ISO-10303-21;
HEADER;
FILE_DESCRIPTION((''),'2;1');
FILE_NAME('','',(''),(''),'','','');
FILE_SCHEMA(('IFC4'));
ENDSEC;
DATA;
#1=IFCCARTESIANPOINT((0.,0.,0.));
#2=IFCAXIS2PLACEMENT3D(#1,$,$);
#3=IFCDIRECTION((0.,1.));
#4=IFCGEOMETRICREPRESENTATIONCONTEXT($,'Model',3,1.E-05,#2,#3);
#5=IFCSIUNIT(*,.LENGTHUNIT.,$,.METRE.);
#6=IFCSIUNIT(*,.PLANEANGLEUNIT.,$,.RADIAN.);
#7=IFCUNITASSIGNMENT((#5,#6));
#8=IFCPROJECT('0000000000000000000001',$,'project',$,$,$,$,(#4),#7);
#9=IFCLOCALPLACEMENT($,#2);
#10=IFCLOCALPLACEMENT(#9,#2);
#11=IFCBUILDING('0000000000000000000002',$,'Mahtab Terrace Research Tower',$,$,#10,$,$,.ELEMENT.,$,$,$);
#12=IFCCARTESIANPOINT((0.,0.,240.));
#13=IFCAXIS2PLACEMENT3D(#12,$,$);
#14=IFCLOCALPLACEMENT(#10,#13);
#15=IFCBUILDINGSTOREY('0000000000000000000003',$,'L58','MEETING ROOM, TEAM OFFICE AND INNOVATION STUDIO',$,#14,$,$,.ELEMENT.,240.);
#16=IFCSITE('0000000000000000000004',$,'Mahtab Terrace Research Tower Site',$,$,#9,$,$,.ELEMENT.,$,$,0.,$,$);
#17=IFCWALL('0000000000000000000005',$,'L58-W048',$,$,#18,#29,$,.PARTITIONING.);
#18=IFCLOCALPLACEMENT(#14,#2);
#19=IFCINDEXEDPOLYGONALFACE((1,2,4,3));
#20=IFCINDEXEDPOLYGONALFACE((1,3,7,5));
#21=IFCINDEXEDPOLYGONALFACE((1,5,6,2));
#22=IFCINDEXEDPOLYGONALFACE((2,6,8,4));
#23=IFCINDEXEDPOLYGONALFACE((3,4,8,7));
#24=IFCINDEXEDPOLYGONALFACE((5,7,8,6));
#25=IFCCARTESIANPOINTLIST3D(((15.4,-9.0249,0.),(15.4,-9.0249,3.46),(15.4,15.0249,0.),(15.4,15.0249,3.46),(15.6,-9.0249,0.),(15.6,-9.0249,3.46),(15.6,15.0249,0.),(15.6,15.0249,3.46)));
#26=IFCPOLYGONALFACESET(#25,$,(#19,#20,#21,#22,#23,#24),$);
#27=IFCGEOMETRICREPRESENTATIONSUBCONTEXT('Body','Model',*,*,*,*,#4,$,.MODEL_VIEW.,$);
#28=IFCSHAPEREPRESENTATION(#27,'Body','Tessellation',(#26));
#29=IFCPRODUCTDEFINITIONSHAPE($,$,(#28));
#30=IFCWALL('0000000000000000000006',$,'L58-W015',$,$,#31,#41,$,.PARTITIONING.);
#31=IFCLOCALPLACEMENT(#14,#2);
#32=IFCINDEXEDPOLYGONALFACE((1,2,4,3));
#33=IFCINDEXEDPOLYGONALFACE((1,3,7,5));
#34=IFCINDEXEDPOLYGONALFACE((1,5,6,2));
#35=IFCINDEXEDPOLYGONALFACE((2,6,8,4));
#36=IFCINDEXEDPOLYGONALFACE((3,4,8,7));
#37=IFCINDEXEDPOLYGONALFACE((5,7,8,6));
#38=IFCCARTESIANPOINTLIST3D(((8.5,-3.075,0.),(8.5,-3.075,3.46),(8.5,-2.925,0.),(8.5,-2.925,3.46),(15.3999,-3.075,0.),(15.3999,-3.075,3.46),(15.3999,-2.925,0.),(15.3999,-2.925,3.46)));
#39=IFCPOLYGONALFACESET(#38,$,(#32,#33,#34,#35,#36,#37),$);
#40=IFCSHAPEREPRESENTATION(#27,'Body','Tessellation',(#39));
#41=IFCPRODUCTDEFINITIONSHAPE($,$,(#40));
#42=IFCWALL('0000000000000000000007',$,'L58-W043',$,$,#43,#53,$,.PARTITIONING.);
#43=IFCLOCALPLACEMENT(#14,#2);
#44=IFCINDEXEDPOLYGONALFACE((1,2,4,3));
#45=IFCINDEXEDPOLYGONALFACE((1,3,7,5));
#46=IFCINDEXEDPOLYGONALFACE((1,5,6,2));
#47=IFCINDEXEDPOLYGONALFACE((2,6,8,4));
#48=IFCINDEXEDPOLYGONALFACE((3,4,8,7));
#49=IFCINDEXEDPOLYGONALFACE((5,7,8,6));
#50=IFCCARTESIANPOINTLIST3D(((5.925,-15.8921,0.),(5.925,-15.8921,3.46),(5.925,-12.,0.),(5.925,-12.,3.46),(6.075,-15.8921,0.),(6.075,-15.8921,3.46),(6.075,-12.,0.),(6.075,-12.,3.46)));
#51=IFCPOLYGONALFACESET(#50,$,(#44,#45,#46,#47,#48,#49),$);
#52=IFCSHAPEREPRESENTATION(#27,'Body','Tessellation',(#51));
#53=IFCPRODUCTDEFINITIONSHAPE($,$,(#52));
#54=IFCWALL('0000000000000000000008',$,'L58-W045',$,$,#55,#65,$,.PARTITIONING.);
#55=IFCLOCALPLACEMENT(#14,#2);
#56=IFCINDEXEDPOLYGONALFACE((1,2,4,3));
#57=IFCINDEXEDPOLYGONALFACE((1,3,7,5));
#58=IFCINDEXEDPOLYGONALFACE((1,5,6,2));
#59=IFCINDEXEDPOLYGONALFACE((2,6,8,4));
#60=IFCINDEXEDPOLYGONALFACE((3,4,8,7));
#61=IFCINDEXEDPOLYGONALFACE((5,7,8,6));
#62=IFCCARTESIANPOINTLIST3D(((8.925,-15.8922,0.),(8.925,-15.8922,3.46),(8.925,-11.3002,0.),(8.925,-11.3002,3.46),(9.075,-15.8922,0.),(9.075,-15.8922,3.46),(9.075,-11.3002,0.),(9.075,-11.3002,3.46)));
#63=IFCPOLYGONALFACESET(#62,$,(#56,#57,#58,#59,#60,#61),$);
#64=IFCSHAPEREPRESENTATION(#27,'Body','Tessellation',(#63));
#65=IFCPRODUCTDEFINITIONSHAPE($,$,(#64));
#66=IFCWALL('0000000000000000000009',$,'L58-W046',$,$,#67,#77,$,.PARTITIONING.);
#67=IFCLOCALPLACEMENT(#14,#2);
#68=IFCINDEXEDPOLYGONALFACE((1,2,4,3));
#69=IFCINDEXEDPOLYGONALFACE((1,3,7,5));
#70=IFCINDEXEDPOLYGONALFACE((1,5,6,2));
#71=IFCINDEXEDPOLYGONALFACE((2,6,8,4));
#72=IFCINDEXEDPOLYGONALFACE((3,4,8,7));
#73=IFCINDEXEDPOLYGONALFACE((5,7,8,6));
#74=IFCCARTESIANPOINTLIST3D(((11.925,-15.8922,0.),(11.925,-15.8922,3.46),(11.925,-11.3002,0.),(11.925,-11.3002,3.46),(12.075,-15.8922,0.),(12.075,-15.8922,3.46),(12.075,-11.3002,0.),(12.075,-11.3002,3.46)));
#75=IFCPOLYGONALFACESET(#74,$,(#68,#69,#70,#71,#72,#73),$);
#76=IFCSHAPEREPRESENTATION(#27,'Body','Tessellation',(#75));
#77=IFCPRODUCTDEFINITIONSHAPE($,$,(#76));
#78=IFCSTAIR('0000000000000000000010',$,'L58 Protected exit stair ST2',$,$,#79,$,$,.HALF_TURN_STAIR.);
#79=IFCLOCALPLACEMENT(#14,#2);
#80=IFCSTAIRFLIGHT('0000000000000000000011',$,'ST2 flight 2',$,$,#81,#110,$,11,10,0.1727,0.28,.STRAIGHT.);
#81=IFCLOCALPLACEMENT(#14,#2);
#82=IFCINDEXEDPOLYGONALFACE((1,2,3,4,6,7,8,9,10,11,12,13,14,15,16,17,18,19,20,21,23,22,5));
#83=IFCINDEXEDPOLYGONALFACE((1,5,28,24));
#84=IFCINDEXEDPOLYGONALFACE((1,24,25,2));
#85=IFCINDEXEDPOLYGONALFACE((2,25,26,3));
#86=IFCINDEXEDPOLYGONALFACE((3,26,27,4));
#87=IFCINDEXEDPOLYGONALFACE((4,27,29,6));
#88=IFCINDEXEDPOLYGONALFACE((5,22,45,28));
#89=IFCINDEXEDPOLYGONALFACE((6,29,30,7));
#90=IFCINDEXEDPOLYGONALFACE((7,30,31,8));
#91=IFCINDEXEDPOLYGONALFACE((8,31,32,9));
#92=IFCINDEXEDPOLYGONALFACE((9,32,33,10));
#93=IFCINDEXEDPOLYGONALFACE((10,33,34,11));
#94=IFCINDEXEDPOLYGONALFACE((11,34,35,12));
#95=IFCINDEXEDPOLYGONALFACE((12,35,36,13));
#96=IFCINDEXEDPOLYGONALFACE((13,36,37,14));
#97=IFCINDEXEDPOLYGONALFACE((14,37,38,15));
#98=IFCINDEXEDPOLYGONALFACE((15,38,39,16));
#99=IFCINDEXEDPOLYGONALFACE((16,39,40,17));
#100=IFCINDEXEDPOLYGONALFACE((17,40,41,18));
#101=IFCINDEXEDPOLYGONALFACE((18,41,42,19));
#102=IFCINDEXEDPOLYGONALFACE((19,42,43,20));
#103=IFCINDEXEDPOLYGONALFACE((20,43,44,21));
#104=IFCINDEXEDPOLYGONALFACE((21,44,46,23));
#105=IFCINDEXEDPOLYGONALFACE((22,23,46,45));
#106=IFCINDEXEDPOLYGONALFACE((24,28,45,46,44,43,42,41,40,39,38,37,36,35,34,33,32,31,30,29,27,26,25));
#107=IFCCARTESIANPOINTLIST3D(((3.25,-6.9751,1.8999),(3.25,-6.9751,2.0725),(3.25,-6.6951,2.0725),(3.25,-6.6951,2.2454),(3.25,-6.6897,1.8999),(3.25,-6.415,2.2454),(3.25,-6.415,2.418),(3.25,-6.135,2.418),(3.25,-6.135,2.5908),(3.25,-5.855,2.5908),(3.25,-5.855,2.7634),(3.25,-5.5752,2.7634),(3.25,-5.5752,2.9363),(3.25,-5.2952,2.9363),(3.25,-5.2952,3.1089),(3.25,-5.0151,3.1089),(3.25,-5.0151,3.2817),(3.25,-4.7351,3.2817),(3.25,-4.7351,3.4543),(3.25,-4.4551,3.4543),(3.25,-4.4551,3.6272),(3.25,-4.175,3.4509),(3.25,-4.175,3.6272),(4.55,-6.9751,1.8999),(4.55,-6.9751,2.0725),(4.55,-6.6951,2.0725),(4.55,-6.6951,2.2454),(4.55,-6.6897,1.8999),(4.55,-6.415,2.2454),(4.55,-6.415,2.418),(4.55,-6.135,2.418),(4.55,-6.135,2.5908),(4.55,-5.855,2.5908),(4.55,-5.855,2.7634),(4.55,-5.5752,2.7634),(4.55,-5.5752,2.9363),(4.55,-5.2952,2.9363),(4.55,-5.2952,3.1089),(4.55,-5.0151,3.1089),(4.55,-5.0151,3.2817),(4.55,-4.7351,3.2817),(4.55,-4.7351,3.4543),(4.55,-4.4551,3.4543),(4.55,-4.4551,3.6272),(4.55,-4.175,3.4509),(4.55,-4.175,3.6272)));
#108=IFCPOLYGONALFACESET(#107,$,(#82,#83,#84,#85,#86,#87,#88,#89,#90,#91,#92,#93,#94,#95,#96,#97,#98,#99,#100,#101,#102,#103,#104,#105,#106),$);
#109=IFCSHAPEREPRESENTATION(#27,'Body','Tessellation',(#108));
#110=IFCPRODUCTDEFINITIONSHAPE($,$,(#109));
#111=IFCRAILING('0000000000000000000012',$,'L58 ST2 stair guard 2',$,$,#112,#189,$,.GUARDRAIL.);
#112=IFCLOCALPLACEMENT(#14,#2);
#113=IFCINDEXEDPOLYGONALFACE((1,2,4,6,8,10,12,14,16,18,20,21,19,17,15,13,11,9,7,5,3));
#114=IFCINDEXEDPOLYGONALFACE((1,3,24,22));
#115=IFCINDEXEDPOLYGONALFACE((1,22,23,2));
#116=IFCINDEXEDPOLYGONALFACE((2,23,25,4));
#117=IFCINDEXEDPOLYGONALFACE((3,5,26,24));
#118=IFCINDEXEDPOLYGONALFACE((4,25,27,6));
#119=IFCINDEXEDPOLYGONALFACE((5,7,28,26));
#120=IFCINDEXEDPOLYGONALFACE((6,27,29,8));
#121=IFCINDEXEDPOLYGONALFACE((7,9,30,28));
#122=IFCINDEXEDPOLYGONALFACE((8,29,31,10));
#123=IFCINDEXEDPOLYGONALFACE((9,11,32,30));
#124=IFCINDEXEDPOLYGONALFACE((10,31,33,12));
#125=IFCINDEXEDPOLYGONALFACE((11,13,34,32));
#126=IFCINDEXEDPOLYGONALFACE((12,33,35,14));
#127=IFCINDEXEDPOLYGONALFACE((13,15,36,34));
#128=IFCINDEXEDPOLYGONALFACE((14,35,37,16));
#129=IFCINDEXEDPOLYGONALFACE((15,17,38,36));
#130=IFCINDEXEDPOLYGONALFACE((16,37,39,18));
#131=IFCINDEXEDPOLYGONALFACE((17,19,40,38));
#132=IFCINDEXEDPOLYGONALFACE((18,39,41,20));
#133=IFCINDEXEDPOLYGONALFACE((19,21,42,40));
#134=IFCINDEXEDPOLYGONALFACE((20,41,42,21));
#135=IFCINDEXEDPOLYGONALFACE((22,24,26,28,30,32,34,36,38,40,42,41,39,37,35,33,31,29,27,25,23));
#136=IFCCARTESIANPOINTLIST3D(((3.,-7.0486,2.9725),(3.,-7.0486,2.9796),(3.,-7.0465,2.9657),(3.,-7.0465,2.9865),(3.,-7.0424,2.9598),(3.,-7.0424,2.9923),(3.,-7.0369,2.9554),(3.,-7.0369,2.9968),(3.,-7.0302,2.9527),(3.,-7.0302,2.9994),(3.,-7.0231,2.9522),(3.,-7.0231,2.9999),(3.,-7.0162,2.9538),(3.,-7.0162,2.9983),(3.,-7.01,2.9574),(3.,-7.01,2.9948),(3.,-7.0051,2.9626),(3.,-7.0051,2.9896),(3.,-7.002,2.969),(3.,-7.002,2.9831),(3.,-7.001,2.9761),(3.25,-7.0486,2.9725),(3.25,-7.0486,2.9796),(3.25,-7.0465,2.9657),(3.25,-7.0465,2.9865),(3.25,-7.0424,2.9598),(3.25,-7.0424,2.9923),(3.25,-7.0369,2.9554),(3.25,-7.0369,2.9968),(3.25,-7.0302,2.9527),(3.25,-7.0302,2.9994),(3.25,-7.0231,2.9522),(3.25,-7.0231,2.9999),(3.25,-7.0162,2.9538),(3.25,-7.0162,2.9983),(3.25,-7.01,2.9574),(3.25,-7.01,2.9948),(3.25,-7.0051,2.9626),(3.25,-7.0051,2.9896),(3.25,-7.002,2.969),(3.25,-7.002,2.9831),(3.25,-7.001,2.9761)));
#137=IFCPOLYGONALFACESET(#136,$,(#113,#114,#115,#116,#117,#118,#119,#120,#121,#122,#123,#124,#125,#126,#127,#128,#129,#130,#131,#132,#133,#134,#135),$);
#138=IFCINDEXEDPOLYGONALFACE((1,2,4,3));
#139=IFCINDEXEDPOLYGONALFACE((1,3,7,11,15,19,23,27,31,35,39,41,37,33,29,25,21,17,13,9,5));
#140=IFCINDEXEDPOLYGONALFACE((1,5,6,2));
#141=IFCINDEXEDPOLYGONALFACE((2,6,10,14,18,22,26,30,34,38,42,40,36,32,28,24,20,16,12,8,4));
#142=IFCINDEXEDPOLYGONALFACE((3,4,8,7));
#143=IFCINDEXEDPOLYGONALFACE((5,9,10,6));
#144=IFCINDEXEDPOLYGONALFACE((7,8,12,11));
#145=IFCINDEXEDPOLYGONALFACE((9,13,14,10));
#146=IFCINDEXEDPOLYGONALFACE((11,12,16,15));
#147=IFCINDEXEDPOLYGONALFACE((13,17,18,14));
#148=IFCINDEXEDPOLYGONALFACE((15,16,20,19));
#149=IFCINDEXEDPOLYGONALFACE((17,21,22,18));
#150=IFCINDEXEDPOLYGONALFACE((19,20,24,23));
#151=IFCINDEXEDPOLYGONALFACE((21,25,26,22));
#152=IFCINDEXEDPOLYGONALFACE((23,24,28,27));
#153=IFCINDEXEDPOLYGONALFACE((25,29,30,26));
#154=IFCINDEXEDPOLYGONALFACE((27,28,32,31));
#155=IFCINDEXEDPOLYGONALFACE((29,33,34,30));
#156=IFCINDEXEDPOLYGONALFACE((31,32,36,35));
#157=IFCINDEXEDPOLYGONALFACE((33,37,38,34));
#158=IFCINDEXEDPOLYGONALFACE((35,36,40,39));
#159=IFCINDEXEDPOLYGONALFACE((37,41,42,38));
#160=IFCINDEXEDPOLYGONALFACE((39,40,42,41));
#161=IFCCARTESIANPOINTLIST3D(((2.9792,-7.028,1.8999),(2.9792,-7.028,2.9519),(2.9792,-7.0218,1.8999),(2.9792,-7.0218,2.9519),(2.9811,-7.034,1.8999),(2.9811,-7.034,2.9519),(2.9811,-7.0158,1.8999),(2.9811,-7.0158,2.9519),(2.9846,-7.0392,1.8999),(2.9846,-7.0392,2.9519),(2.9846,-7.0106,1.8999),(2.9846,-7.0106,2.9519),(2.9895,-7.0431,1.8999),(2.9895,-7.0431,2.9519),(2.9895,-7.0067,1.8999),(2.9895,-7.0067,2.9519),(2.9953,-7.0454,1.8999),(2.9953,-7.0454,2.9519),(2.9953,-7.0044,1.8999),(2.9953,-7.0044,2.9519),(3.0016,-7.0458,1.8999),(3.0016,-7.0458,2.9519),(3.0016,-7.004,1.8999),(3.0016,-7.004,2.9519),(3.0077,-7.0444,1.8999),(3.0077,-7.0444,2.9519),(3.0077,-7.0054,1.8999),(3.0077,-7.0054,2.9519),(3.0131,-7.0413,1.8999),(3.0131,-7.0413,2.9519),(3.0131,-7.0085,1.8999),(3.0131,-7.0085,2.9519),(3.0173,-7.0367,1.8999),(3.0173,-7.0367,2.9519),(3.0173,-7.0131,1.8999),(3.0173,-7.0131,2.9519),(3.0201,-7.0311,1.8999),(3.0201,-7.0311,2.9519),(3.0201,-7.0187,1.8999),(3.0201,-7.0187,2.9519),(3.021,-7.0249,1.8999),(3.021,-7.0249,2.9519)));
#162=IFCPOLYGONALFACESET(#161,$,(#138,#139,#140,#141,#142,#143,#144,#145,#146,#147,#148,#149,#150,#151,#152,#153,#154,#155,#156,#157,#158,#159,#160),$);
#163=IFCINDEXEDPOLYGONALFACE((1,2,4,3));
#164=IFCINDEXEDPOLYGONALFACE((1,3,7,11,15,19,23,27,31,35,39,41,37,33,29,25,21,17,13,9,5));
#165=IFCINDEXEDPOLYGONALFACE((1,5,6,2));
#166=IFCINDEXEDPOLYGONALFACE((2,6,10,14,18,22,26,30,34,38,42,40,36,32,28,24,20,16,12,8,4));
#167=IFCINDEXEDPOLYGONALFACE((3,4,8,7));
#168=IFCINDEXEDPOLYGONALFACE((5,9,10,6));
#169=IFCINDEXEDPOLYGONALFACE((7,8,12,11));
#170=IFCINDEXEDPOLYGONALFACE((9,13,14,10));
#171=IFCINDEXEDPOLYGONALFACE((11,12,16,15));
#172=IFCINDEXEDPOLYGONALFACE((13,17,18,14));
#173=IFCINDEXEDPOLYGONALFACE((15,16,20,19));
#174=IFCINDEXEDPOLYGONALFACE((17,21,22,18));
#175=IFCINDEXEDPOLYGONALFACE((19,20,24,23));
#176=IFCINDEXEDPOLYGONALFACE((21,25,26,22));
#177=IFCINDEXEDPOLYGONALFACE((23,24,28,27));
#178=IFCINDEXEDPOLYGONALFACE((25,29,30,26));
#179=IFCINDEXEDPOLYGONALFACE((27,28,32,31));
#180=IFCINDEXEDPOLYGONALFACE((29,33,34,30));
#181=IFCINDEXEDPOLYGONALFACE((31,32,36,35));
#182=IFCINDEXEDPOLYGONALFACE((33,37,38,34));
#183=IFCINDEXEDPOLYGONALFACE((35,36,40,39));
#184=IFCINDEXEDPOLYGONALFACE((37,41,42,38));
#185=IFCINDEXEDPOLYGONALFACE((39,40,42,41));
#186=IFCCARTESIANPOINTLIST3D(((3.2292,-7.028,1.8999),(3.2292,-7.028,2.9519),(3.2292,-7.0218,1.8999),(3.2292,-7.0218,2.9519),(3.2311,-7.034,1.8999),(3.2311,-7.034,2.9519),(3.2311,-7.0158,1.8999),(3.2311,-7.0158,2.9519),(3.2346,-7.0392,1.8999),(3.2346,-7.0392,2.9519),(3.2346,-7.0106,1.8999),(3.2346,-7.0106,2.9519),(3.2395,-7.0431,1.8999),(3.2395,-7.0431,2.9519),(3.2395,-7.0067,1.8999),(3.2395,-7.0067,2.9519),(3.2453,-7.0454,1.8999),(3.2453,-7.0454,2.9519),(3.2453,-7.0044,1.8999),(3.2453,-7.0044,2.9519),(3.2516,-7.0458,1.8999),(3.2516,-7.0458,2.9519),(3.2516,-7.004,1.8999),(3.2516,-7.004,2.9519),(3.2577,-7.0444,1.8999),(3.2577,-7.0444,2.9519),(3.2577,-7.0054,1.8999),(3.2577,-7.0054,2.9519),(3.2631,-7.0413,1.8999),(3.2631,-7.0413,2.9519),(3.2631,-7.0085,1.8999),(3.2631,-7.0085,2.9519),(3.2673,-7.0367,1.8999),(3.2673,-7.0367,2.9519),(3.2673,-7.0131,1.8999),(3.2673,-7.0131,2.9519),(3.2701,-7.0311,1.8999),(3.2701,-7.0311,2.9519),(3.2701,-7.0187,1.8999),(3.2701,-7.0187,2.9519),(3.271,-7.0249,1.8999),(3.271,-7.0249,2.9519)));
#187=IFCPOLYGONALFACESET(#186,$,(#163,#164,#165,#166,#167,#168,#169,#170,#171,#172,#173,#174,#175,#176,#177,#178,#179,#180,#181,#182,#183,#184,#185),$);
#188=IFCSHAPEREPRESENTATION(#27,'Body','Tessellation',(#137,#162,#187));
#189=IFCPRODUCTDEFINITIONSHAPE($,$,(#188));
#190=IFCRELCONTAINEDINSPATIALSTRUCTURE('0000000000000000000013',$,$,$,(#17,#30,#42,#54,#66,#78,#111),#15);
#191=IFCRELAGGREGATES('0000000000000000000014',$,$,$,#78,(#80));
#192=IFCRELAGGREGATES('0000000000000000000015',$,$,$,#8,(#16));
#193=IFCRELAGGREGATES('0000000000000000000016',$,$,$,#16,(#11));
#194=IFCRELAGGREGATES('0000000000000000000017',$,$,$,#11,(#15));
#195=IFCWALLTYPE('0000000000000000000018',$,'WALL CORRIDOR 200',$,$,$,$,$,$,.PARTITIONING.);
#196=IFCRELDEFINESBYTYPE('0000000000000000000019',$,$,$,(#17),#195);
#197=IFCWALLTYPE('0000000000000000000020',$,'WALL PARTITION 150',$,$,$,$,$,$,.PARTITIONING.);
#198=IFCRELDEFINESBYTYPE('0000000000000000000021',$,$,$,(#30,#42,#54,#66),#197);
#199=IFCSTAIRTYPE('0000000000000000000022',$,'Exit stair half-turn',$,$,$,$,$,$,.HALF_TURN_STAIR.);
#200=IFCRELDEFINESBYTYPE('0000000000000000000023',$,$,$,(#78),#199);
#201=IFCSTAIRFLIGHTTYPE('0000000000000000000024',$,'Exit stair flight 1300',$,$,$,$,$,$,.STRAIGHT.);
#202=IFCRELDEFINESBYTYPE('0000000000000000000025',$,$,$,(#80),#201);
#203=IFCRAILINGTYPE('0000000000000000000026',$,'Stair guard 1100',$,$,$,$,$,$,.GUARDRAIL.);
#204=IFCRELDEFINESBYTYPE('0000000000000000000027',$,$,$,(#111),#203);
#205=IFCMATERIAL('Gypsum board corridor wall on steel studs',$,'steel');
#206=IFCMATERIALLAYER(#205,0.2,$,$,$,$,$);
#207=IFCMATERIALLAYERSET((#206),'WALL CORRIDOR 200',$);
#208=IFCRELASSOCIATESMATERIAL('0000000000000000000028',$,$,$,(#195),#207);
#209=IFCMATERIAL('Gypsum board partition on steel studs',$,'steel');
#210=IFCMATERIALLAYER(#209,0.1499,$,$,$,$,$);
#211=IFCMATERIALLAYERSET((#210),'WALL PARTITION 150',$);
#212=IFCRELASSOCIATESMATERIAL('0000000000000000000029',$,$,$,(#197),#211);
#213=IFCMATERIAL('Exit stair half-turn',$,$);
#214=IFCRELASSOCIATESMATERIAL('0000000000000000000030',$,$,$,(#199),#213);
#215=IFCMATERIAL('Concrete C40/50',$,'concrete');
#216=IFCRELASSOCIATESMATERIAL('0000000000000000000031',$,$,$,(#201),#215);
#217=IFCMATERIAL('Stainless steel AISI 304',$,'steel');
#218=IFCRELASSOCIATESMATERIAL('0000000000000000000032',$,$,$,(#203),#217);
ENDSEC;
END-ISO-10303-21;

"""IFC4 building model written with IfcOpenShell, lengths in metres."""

from ifc_helpers import new_model, si_unit, direction, frame, frame_2d, origin, origin_2d, place, context, subcontext, project, spatial, polyline, rectangle, circle, outline, extrude, material, layer, layer_set, type_object, element, aggregate, save


model = new_model("IFC4")

# Units and contexts
model_context = context("Model", 3, precision=1e-05, world=origin(), true_north=direction((0.0, 1.0)))
body_context = subcontext(model_context, "Body", "Model", "MODEL_VIEW")
ifc_project = project(units=[si_unit("LENGTHUNIT", "METRE"), si_unit("PLANEANGLEUNIT", "RADIAN")], contexts=[model_context])

# Site, building, storey
site_placement = place(None, origin())
site = spatial("IfcSite", under=ifc_project, at=site_placement, Name="Mahtab Terrace Research Tower Site", CompositionType="ELEMENT", RefElevation=0.0)
building_placement = place(site_placement, origin())
building = spatial("IfcBuilding", under=site, at=building_placement, Name="Mahtab Terrace Research Tower", CompositionType="ELEMENT")
storey_placement = place(building_placement, frame((0.0, 0.0, 240.0)))
storey = spatial("IfcBuildingStorey", under=building, at=storey_placement, Name="L58", Description="MEETING ROOM, TEAM OFFICE AND INNOVATION STUDIO", CompositionType="ELEMENT", Elevation=240.0)

# Shared definitions
ifc_material_1 = material(Name="Gypsum board corridor wall on steel studs", Category="steel")
ifc_layer_1 = layer(ifc_material_1, 0.2)
ifc_layer_set_1 = layer_set([ifc_layer_1], Name="WALL CORRIDOR 200")
wall_type_1 = type_object("IfcWallType", Name="WALL CORRIDOR 200", PredefinedType="PARTITIONING", material=ifc_layer_set_1)

# Walls
wall_1_placement = place(storey_placement, frame((15.5, -9.0249, 0.0), z_axis=(0.0, 0.0, 1.0), x_axis=(0.0, 1.0, 0.0)))
element("IfcWall", 1, at=wall_1_placement, inside=storey, type_object=wall_type_1, Name="L58-W048", PredefinedType="PARTITIONING", context=body_context, shape_type="SweptSolid", body=[
    extrude(rectangle(XDim=24.0498, YDim=0.2, at=frame_2d((12.0249, 0.0))), origin(), (0.0, 0.0, 1.0), 3.46),
])
ifc_material_2 = material(Name="Gypsum board partition on steel studs", Category="steel")
ifc_layer_2 = layer(ifc_material_2, 0.1499)
ifc_layer_set_2 = layer_set([ifc_layer_2], Name="WALL PARTITION 150")
wall_type_2 = type_object("IfcWallType", Name="WALL PARTITION 150", PredefinedType="PARTITIONING", material=ifc_layer_set_2)
wall_2_placement = place(storey_placement, frame((8.5, -3.0, 0.0), z_axis=(0.0, 0.0, 1.0), x_axis=(1.0, 0.0, 0.0)))
element("IfcWall", 2, at=wall_2_placement, inside=storey, type_object=wall_type_2, Name="L58-W015", PredefinedType="PARTITIONING", context=body_context, shape_type="SweptSolid", body=[
    extrude(rectangle(XDim=6.8999, YDim=0.1499, at=frame_2d((3.45, 0.0))), origin(), (0.0, 0.0, 1.0), 3.46),
])
wall_3_placement = place(storey_placement, frame((6.0, -15.8921, 0.0), z_axis=(0.0, 0.0, 1.0), x_axis=(0.0, 1.0, 0.0)))
element("IfcWall", 3, at=wall_3_placement, inside=storey, type_object=wall_type_2, Name="L58-W043", PredefinedType="PARTITIONING", context=body_context, shape_type="SweptSolid", body=[
    extrude(rectangle(XDim=3.8921, YDim=0.1499, at=frame_2d((1.946, 0.0))), origin(), (0.0, 0.0, 1.0), 3.46),
])
for number, where, z_axis, x_axis, name in (
    (4, (9.0, -15.8921, 0.0), (0.0, 0.0, 1.0), (0.0, 1.0, 0.0), "L58-W045"),
    (5, (12.0, -15.8921, 0.0), (0.0, 0.0, 1.0), (0.0, 1.0, 0.0), "L58-W046"),
):
    element("IfcWall", number, at=place(storey_placement, frame(where, z_axis=z_axis, x_axis=x_axis)), inside=storey, type_object=wall_type_2, Name=name, PredefinedType="PARTITIONING", context=body_context, shape_type="SweptSolid", body=[
        extrude(rectangle(XDim=4.592, YDim=0.1499, at=frame_2d((2.2959, 0.0))), origin(), (0.0, 0.0, 1.0), 3.46),
    ])

# Stair, stair flight
ifc_material_3 = material(Name="Exit stair half-turn")
stair_type = type_object("IfcStairType", Name="Exit stair half-turn", PredefinedType="HALF_TURN_STAIR", material=ifc_material_3)
stair_placement = place(storey_placement, origin())
stair = element("IfcStair", 6, at=stair_placement, inside=storey, type_object=stair_type, Name="L58 Protected exit stair ST2", PredefinedType="HALF_TURN_STAIR")
ifc_material_4 = material(Name="Concrete C40/50", Category="concrete")
stair_flight_type = type_object("IfcStairFlightType", Name="Exit stair flight 1300", PredefinedType="STRAIGHT", material=ifc_material_4)
stair_flight_placement = place(storey_placement, frame((3.8999, -6.9751, 1.8999), z_axis=(0.0, 0.0, 1.0), x_axis=(0.0, 1.0, 0.0)))
stair_flight = element("IfcStairFlight", 7, at=stair_flight_placement, type_object=stair_flight_type, Name="ST2 flight 2", NumberOfRisers=11, NumberOfTreads=10, PredefinedType="STRAIGHT", RiserHeight=0.1727, TreadLength=0.28, context=body_context, shape_type="SweptSolid", body=[
    extrude(outline(polyline([(0.0, 0.0), (0.0, 0.1726), (0.28, 0.1726), (0.28, 0.3455), (0.5601, 0.3455), (0.5601, 0.5181), (0.8401, 0.5181), (0.8401, 0.6909), (1.1201, 0.6909), (1.1201, 0.8635), (1.3999, 0.8635), (1.3999, 1.0364), (1.6799, 1.0364), (1.6799, 1.209), (1.96, 1.209), (1.96, 1.3818), (2.24, 1.3818), (2.24, 1.5544), (2.52, 1.5544), (2.52, 1.7273), (2.8, 1.7273), (2.8, 1.8999), (2.8, 1.551), (0.2854, 0.0), (0.0, 0.0)])), frame((0.0, 0.6499, 0.0), z_axis=(0.0, -1.0, 0.0), x_axis=(1.0, 0.0, 0.0)), (0.0, 0.0, 1.0), 1.3),
])
aggregate(stair, [stair_flight])

# Railing
ifc_material_5 = material(Name="Stainless steel AISI 304", Category="steel")
railing_type_1 = type_object("IfcRailingType", Name="Stair guard 1100", PredefinedType="GUARDRAIL", material=ifc_material_5)
railing_1_placement = place(storey_placement, frame((3.0, -7.0249, 1.8999)))
element("IfcRailing", 8, at=railing_1_placement, inside=storey, type_object=railing_type_1, Name="L58 ST2 stair guard 2", PredefinedType="GUARDRAIL", context=body_context, shape_type="SweptSolid", body=[
    extrude(circle(Radius=0.0239, at=origin_2d()), frame((0.0, 0.0, 1.0762), z_axis=(1.0, 0.0, 0.0), x_axis=(0.0, 1.0, 0.0)), (0.0, 0.0, 1.0), 0.25),
    extrude(circle(Radius=0.021, at=origin_2d()), origin(), (0.0, 0.0, 1.0), 1.052),
    extrude(circle(Radius=0.021, at=origin_2d()), frame((0.25, 0.0, 0.0)), (0.0, 0.0, 1.0), 1.052),
])

save(model, "model.ifc")
